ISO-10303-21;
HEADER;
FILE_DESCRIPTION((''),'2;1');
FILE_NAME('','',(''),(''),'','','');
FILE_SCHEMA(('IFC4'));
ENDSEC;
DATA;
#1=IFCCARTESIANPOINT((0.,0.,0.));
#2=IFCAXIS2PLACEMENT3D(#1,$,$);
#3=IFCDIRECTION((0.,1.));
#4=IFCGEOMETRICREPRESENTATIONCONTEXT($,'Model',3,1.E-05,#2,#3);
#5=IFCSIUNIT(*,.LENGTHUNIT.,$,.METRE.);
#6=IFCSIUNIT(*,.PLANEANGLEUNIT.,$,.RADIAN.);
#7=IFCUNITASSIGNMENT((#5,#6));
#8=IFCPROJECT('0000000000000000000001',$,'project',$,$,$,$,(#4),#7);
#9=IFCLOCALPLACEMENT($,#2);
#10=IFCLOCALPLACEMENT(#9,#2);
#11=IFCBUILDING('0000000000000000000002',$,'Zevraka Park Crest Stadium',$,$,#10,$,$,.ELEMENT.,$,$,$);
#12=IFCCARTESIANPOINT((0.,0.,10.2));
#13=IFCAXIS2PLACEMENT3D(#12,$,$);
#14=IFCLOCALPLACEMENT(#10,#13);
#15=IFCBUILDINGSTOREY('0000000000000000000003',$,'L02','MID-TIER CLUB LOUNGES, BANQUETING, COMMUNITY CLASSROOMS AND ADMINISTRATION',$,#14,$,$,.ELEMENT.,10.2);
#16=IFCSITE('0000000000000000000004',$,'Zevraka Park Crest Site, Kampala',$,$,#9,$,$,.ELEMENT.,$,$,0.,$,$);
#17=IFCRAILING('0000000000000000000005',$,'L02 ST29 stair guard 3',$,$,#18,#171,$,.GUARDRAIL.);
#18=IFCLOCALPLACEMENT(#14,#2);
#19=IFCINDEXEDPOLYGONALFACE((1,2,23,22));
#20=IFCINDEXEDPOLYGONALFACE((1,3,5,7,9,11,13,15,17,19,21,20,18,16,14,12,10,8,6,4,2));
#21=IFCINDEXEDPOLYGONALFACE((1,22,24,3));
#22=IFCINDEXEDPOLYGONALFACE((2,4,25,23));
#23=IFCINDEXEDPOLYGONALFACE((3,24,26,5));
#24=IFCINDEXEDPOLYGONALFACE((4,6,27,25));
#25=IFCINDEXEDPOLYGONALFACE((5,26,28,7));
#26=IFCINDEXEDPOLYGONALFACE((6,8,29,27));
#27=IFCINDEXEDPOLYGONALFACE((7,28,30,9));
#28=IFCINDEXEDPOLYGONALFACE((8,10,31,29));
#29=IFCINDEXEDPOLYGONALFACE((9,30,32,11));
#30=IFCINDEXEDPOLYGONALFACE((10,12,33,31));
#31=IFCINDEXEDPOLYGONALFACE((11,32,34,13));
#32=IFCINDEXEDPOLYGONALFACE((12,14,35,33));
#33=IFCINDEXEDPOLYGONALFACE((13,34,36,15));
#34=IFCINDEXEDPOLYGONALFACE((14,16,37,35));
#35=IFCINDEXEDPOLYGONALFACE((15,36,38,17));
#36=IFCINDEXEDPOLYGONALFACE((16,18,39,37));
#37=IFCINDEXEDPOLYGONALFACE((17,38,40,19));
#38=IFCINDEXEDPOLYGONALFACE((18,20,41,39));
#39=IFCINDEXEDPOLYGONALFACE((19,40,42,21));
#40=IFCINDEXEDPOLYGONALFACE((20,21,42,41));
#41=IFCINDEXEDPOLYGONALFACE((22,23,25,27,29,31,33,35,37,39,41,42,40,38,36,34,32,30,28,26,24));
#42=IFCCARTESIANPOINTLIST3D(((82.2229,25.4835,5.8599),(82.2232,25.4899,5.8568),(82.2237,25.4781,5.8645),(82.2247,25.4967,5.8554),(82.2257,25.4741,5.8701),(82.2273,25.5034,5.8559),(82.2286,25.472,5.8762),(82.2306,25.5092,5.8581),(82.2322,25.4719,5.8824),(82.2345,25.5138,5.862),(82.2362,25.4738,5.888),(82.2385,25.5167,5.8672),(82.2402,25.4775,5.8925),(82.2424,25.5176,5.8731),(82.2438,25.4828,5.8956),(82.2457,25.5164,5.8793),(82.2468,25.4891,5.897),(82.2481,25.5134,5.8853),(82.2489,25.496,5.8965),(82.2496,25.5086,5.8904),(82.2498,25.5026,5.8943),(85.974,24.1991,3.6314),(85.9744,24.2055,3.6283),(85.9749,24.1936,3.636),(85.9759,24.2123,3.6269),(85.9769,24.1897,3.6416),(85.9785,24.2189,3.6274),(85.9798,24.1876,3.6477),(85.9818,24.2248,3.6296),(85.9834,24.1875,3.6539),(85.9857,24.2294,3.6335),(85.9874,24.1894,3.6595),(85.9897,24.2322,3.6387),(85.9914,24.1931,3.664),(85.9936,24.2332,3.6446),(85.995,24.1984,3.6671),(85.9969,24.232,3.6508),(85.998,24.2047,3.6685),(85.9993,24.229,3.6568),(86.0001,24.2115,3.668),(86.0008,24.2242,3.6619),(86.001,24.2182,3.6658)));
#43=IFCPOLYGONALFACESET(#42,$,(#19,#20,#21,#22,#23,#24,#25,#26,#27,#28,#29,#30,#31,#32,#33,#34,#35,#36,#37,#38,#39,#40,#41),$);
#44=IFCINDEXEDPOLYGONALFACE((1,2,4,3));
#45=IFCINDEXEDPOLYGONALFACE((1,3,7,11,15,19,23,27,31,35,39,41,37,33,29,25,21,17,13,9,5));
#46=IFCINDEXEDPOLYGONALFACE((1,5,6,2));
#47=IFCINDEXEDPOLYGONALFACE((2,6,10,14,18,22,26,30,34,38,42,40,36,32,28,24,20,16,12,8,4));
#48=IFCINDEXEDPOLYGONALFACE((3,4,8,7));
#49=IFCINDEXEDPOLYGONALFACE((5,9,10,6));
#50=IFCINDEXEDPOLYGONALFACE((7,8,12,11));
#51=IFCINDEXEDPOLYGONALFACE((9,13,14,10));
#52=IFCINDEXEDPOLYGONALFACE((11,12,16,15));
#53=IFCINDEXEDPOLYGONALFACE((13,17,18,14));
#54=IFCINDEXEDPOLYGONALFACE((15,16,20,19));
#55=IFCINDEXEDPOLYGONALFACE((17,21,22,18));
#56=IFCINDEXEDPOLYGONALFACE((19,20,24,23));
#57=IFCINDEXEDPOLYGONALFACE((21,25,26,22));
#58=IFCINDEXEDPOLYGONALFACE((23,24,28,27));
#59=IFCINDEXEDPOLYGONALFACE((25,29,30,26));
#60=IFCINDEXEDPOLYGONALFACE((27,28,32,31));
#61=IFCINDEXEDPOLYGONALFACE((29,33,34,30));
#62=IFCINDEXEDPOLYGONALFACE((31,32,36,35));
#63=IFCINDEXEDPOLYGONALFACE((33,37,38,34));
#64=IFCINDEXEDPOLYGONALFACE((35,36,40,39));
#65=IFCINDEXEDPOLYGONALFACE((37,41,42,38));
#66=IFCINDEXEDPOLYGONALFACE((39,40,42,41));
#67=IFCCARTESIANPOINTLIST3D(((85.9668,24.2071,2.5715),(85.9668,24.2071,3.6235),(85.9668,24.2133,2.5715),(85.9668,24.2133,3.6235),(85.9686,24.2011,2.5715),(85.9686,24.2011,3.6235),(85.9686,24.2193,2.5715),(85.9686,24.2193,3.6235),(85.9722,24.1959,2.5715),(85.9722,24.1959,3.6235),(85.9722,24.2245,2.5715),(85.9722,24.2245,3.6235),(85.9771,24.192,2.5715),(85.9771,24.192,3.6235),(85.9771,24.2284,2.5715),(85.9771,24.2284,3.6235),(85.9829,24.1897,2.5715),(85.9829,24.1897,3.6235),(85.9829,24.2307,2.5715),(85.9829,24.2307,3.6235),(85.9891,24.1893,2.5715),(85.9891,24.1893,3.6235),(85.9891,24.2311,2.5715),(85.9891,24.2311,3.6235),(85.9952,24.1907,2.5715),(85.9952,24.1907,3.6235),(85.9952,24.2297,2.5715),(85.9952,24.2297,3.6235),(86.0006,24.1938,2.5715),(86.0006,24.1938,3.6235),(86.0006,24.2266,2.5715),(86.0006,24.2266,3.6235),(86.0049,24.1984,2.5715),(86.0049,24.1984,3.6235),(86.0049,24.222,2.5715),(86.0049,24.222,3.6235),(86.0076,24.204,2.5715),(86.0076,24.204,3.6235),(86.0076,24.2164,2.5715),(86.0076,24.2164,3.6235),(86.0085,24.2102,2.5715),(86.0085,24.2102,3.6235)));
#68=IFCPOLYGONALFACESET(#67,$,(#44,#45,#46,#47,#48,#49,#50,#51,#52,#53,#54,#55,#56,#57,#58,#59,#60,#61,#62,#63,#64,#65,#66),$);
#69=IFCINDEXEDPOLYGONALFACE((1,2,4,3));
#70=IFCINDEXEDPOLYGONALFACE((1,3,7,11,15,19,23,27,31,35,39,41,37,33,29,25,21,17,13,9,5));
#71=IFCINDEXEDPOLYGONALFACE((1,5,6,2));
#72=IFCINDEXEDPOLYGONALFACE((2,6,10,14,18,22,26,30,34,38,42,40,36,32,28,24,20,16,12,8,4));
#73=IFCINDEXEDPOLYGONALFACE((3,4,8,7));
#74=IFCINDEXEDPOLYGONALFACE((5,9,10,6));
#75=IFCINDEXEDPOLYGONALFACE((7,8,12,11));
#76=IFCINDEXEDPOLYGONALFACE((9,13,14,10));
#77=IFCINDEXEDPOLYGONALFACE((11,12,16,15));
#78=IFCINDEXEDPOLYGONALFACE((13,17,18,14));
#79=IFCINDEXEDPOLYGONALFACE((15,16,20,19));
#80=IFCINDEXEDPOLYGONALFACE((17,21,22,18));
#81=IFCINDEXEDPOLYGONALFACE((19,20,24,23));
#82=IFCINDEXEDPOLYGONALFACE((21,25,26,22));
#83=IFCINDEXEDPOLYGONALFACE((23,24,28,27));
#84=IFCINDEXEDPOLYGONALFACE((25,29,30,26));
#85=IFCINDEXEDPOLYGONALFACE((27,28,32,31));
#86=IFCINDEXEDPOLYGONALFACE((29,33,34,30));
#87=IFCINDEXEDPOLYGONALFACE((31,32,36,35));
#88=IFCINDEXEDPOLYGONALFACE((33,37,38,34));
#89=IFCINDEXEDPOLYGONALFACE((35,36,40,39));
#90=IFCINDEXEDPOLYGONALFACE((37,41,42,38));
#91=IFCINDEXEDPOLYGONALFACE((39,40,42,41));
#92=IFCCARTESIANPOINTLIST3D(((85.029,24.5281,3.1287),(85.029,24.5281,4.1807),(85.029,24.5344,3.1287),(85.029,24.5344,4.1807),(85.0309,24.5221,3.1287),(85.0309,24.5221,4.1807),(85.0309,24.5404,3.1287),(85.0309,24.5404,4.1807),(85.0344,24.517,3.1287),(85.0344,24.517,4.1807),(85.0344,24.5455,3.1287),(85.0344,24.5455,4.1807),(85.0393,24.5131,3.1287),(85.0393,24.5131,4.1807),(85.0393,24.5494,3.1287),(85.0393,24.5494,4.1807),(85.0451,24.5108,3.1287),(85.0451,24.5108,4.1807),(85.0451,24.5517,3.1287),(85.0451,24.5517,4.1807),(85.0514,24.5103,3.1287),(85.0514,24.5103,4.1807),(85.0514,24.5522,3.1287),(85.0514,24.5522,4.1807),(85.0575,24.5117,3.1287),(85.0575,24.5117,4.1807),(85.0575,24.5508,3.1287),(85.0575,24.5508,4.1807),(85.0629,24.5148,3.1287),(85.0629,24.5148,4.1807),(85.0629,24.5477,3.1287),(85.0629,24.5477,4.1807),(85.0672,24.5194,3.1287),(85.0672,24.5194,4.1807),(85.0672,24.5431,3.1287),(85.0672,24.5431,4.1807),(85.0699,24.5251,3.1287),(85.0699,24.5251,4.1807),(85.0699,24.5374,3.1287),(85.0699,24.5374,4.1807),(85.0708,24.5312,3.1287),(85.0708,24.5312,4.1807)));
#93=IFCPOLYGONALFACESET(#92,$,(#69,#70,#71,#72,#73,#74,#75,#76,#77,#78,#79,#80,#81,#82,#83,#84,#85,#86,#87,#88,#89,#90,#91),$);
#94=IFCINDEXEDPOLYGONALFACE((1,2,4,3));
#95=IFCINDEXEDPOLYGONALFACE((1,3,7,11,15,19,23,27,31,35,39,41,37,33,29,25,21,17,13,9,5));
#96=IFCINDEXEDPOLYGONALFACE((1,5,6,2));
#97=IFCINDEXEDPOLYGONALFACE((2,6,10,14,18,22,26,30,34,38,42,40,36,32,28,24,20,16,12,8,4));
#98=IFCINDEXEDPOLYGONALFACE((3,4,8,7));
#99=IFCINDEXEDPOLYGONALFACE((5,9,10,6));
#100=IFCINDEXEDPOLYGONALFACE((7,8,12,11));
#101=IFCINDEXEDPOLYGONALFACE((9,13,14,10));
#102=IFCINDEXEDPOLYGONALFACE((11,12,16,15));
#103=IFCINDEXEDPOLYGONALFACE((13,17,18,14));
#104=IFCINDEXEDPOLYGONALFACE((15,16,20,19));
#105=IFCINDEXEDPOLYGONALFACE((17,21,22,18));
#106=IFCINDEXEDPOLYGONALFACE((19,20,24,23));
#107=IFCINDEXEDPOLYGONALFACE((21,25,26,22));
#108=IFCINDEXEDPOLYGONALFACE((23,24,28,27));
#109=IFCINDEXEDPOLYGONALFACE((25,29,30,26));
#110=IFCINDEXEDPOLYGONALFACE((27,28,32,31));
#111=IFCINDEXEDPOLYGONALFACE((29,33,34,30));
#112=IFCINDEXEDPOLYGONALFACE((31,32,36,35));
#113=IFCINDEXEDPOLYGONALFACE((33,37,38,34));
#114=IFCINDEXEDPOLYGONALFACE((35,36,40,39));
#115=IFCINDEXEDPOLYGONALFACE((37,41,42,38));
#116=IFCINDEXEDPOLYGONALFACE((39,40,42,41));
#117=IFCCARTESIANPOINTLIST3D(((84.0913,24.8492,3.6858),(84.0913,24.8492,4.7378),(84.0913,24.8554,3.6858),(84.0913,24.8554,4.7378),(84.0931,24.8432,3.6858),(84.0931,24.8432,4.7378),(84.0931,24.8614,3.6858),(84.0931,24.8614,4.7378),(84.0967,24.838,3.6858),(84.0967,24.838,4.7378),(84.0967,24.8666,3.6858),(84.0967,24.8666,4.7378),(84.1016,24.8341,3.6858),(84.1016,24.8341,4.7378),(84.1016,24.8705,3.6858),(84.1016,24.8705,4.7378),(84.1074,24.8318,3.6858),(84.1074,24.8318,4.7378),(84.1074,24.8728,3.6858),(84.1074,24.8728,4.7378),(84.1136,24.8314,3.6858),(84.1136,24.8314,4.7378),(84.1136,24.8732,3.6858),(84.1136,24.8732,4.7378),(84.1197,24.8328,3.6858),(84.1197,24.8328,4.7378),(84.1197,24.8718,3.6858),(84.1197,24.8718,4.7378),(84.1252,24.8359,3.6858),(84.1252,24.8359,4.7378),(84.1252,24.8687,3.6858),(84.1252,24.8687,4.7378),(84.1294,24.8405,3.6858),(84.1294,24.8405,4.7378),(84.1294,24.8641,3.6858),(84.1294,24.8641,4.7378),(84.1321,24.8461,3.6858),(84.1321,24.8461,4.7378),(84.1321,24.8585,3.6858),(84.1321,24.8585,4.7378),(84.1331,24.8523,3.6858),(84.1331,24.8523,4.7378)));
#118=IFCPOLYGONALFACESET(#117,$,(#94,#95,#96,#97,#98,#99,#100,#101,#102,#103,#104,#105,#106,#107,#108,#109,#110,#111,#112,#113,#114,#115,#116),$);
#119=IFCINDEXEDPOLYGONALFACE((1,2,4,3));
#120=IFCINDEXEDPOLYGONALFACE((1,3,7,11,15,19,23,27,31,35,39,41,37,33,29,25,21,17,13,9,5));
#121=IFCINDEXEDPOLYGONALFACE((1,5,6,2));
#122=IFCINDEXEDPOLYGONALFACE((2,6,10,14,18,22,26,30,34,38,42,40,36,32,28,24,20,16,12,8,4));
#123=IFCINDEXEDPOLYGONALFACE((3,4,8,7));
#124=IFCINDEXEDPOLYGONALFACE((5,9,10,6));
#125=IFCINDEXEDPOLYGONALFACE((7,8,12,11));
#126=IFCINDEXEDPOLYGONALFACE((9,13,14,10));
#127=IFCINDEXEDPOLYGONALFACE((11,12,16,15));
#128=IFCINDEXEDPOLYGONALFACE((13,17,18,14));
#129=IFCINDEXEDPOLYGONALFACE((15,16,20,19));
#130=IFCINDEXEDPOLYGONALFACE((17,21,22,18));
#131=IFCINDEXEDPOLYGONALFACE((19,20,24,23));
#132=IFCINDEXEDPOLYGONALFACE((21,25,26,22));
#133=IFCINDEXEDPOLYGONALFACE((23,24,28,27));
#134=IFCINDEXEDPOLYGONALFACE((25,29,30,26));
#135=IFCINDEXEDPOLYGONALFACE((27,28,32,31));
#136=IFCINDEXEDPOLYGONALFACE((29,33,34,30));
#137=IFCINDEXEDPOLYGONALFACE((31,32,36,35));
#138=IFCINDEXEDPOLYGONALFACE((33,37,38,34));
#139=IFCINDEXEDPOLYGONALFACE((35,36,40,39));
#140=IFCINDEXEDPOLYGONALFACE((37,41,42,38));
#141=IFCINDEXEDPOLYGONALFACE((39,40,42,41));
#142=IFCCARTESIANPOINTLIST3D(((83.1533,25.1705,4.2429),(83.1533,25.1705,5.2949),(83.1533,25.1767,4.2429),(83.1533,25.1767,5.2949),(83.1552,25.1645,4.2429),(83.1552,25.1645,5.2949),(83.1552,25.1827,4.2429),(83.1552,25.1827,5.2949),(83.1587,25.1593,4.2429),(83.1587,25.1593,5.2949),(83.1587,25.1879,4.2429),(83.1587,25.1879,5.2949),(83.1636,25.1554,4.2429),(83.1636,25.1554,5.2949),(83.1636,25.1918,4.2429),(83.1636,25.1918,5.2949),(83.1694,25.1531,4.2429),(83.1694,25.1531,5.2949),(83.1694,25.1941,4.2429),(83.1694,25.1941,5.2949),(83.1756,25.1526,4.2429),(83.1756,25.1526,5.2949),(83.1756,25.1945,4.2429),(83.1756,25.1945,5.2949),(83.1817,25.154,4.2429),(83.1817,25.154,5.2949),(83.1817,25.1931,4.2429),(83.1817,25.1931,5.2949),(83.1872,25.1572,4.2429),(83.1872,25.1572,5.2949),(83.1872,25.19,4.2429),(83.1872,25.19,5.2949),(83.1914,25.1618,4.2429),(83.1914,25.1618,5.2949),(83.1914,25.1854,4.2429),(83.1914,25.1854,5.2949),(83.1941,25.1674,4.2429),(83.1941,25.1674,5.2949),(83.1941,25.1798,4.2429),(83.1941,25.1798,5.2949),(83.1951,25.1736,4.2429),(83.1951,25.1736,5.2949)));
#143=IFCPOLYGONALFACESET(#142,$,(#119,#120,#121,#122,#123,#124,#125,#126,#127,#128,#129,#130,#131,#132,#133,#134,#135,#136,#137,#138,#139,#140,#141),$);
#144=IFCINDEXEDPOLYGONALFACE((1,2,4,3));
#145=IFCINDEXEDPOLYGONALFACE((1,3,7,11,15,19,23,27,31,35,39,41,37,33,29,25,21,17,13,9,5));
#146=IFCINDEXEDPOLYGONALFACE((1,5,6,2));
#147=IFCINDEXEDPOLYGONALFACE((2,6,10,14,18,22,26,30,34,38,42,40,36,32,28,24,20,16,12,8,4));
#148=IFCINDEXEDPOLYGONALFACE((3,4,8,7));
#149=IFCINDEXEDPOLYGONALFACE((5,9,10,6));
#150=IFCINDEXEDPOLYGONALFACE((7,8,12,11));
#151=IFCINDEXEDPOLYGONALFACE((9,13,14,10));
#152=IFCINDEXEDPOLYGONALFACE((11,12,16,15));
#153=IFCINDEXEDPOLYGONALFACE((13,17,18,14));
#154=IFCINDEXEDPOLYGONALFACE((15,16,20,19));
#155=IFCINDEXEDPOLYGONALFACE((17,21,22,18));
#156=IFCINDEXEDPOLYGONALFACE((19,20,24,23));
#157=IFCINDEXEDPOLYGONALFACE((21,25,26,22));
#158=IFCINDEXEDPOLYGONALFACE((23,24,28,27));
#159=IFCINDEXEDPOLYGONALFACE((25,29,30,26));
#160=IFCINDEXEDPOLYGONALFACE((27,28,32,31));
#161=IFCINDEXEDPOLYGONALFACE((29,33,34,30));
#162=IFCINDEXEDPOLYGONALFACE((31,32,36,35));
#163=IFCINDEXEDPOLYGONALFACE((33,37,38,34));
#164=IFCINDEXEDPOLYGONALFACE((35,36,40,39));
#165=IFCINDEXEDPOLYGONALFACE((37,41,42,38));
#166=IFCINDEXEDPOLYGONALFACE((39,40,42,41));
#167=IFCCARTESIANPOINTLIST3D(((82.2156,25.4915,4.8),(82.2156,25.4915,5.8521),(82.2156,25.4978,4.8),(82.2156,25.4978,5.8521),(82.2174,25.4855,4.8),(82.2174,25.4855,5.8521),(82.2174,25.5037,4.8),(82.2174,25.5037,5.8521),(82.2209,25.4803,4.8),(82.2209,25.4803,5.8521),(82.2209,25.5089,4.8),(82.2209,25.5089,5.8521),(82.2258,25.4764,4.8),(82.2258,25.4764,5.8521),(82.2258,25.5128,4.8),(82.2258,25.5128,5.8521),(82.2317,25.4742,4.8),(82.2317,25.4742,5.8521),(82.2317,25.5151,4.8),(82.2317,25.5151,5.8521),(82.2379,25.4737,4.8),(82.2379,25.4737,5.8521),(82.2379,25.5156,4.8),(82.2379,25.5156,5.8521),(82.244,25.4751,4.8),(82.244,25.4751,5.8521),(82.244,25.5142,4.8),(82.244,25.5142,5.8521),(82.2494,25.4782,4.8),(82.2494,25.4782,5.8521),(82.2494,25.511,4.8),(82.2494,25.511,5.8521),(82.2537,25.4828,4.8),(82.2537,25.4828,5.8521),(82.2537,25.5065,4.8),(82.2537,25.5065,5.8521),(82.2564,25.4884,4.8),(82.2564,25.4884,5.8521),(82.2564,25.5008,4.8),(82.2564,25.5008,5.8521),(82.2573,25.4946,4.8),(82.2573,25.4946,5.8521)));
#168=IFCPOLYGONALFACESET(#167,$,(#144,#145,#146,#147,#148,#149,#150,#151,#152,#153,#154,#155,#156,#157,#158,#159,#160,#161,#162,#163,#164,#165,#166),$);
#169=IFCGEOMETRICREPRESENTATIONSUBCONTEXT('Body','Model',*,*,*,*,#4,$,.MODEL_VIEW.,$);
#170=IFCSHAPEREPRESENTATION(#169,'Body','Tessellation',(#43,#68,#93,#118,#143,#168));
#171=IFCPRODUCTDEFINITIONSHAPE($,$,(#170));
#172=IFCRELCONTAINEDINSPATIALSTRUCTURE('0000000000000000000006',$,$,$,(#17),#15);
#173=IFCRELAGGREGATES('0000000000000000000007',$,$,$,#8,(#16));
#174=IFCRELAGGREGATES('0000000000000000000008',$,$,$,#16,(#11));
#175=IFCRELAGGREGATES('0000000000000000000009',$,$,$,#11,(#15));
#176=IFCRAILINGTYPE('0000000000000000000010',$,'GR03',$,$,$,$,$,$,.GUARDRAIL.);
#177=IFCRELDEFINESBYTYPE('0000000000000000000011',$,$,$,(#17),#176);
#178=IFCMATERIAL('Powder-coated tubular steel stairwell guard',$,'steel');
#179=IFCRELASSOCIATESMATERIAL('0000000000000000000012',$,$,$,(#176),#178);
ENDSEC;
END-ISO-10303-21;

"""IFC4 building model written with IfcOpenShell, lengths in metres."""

from ifc_helpers import new_model, si_unit, direction, frame, origin, origin_2d, place, context, subcontext, project, spatial, circle, extrude, material, type_object, element, save


model = new_model("IFC4")

# Units and contexts
model_context = context("Model", 3, precision=1e-05, world=origin(), true_north=direction((0.0, 1.0)))
body_context = subcontext(model_context, "Body", "Model", "MODEL_VIEW")
ifc_project = project(units=[si_unit("LENGTHUNIT", "METRE"), si_unit("PLANEANGLEUNIT", "RADIAN")], contexts=[model_context])

# Site, building, storey
site_placement = place(None, origin())
site = spatial("IfcSite", under=ifc_project, at=site_placement, Name="Zevraka Park Crest Site, Kampala", CompositionType="ELEMENT", RefElevation=0.0)
building_placement = place(site_placement, origin())
building = spatial("IfcBuilding", under=site, at=building_placement, Name="Zevraka Park Crest Stadium", CompositionType="ELEMENT")
storey_placement = place(building_placement, frame((0.0, 0.0, 10.2)))
storey = spatial("IfcBuildingStorey", under=building, at=storey_placement, Name="L02", Description="MID-TIER CLUB LOUNGES, BANQUETING, COMMUNITY CLASSROOMS AND ADMINISTRATION", CompositionType="ELEMENT", Elevation=10.2)

# Railing
ifc_material_1 = material(Name="Powder-coated tubular steel stairwell guard", Category="steel")
railing_type_1 = type_object("IfcRailingType", Name="GR03", PredefinedType="GUARDRAIL", material=ifc_material_1)
railing_1_placement = place(storey_placement, frame((85.9875, 24.2102, 2.5715)))
element("IfcRailing", 1, at=railing_1_placement, inside=storey, type_object=railing_type_1, Name="L02 ST29 stair guard 3", PredefinedType="GUARDRAIL", context=body_context, shape_type="SweptSolid", body=[
    extrude(circle(Radius=0.0239, at=origin_2d()), frame((0.0, 0.0, 1.0762), z_axis=(-0.824739, 0.282392, 0.489959), x_axis=(-0.323939, -0.946078, 0.0)), (0.0, 0.0, 1.0), 4.5483),
    extrude(circle(Radius=0.021, at=origin_2d()), origin(), (0.0, 0.0, 1.0), 1.052),
    extrude(circle(Radius=0.021, at=origin_2d()), frame((-0.9377, 0.321, 0.5571)), (0.0, 0.0, 1.0), 1.052),
    extrude(circle(Radius=0.021, at=origin_2d()), frame((-1.8755, 0.6421, 1.1143)), (0.0, 0.0, 1.0), 1.052),
    extrude(circle(Radius=0.021, at=origin_2d()), frame((-2.8135, 0.9634, 1.6714)), (0.0, 0.0, 1.0), 1.052),
    extrude(circle(Radius=0.021, at=origin_2d()), frame((-3.7512, 1.2844, 2.2285)), (0.0, 0.0, 1.0), 1.052),
])

save(model, "model.ifc")
